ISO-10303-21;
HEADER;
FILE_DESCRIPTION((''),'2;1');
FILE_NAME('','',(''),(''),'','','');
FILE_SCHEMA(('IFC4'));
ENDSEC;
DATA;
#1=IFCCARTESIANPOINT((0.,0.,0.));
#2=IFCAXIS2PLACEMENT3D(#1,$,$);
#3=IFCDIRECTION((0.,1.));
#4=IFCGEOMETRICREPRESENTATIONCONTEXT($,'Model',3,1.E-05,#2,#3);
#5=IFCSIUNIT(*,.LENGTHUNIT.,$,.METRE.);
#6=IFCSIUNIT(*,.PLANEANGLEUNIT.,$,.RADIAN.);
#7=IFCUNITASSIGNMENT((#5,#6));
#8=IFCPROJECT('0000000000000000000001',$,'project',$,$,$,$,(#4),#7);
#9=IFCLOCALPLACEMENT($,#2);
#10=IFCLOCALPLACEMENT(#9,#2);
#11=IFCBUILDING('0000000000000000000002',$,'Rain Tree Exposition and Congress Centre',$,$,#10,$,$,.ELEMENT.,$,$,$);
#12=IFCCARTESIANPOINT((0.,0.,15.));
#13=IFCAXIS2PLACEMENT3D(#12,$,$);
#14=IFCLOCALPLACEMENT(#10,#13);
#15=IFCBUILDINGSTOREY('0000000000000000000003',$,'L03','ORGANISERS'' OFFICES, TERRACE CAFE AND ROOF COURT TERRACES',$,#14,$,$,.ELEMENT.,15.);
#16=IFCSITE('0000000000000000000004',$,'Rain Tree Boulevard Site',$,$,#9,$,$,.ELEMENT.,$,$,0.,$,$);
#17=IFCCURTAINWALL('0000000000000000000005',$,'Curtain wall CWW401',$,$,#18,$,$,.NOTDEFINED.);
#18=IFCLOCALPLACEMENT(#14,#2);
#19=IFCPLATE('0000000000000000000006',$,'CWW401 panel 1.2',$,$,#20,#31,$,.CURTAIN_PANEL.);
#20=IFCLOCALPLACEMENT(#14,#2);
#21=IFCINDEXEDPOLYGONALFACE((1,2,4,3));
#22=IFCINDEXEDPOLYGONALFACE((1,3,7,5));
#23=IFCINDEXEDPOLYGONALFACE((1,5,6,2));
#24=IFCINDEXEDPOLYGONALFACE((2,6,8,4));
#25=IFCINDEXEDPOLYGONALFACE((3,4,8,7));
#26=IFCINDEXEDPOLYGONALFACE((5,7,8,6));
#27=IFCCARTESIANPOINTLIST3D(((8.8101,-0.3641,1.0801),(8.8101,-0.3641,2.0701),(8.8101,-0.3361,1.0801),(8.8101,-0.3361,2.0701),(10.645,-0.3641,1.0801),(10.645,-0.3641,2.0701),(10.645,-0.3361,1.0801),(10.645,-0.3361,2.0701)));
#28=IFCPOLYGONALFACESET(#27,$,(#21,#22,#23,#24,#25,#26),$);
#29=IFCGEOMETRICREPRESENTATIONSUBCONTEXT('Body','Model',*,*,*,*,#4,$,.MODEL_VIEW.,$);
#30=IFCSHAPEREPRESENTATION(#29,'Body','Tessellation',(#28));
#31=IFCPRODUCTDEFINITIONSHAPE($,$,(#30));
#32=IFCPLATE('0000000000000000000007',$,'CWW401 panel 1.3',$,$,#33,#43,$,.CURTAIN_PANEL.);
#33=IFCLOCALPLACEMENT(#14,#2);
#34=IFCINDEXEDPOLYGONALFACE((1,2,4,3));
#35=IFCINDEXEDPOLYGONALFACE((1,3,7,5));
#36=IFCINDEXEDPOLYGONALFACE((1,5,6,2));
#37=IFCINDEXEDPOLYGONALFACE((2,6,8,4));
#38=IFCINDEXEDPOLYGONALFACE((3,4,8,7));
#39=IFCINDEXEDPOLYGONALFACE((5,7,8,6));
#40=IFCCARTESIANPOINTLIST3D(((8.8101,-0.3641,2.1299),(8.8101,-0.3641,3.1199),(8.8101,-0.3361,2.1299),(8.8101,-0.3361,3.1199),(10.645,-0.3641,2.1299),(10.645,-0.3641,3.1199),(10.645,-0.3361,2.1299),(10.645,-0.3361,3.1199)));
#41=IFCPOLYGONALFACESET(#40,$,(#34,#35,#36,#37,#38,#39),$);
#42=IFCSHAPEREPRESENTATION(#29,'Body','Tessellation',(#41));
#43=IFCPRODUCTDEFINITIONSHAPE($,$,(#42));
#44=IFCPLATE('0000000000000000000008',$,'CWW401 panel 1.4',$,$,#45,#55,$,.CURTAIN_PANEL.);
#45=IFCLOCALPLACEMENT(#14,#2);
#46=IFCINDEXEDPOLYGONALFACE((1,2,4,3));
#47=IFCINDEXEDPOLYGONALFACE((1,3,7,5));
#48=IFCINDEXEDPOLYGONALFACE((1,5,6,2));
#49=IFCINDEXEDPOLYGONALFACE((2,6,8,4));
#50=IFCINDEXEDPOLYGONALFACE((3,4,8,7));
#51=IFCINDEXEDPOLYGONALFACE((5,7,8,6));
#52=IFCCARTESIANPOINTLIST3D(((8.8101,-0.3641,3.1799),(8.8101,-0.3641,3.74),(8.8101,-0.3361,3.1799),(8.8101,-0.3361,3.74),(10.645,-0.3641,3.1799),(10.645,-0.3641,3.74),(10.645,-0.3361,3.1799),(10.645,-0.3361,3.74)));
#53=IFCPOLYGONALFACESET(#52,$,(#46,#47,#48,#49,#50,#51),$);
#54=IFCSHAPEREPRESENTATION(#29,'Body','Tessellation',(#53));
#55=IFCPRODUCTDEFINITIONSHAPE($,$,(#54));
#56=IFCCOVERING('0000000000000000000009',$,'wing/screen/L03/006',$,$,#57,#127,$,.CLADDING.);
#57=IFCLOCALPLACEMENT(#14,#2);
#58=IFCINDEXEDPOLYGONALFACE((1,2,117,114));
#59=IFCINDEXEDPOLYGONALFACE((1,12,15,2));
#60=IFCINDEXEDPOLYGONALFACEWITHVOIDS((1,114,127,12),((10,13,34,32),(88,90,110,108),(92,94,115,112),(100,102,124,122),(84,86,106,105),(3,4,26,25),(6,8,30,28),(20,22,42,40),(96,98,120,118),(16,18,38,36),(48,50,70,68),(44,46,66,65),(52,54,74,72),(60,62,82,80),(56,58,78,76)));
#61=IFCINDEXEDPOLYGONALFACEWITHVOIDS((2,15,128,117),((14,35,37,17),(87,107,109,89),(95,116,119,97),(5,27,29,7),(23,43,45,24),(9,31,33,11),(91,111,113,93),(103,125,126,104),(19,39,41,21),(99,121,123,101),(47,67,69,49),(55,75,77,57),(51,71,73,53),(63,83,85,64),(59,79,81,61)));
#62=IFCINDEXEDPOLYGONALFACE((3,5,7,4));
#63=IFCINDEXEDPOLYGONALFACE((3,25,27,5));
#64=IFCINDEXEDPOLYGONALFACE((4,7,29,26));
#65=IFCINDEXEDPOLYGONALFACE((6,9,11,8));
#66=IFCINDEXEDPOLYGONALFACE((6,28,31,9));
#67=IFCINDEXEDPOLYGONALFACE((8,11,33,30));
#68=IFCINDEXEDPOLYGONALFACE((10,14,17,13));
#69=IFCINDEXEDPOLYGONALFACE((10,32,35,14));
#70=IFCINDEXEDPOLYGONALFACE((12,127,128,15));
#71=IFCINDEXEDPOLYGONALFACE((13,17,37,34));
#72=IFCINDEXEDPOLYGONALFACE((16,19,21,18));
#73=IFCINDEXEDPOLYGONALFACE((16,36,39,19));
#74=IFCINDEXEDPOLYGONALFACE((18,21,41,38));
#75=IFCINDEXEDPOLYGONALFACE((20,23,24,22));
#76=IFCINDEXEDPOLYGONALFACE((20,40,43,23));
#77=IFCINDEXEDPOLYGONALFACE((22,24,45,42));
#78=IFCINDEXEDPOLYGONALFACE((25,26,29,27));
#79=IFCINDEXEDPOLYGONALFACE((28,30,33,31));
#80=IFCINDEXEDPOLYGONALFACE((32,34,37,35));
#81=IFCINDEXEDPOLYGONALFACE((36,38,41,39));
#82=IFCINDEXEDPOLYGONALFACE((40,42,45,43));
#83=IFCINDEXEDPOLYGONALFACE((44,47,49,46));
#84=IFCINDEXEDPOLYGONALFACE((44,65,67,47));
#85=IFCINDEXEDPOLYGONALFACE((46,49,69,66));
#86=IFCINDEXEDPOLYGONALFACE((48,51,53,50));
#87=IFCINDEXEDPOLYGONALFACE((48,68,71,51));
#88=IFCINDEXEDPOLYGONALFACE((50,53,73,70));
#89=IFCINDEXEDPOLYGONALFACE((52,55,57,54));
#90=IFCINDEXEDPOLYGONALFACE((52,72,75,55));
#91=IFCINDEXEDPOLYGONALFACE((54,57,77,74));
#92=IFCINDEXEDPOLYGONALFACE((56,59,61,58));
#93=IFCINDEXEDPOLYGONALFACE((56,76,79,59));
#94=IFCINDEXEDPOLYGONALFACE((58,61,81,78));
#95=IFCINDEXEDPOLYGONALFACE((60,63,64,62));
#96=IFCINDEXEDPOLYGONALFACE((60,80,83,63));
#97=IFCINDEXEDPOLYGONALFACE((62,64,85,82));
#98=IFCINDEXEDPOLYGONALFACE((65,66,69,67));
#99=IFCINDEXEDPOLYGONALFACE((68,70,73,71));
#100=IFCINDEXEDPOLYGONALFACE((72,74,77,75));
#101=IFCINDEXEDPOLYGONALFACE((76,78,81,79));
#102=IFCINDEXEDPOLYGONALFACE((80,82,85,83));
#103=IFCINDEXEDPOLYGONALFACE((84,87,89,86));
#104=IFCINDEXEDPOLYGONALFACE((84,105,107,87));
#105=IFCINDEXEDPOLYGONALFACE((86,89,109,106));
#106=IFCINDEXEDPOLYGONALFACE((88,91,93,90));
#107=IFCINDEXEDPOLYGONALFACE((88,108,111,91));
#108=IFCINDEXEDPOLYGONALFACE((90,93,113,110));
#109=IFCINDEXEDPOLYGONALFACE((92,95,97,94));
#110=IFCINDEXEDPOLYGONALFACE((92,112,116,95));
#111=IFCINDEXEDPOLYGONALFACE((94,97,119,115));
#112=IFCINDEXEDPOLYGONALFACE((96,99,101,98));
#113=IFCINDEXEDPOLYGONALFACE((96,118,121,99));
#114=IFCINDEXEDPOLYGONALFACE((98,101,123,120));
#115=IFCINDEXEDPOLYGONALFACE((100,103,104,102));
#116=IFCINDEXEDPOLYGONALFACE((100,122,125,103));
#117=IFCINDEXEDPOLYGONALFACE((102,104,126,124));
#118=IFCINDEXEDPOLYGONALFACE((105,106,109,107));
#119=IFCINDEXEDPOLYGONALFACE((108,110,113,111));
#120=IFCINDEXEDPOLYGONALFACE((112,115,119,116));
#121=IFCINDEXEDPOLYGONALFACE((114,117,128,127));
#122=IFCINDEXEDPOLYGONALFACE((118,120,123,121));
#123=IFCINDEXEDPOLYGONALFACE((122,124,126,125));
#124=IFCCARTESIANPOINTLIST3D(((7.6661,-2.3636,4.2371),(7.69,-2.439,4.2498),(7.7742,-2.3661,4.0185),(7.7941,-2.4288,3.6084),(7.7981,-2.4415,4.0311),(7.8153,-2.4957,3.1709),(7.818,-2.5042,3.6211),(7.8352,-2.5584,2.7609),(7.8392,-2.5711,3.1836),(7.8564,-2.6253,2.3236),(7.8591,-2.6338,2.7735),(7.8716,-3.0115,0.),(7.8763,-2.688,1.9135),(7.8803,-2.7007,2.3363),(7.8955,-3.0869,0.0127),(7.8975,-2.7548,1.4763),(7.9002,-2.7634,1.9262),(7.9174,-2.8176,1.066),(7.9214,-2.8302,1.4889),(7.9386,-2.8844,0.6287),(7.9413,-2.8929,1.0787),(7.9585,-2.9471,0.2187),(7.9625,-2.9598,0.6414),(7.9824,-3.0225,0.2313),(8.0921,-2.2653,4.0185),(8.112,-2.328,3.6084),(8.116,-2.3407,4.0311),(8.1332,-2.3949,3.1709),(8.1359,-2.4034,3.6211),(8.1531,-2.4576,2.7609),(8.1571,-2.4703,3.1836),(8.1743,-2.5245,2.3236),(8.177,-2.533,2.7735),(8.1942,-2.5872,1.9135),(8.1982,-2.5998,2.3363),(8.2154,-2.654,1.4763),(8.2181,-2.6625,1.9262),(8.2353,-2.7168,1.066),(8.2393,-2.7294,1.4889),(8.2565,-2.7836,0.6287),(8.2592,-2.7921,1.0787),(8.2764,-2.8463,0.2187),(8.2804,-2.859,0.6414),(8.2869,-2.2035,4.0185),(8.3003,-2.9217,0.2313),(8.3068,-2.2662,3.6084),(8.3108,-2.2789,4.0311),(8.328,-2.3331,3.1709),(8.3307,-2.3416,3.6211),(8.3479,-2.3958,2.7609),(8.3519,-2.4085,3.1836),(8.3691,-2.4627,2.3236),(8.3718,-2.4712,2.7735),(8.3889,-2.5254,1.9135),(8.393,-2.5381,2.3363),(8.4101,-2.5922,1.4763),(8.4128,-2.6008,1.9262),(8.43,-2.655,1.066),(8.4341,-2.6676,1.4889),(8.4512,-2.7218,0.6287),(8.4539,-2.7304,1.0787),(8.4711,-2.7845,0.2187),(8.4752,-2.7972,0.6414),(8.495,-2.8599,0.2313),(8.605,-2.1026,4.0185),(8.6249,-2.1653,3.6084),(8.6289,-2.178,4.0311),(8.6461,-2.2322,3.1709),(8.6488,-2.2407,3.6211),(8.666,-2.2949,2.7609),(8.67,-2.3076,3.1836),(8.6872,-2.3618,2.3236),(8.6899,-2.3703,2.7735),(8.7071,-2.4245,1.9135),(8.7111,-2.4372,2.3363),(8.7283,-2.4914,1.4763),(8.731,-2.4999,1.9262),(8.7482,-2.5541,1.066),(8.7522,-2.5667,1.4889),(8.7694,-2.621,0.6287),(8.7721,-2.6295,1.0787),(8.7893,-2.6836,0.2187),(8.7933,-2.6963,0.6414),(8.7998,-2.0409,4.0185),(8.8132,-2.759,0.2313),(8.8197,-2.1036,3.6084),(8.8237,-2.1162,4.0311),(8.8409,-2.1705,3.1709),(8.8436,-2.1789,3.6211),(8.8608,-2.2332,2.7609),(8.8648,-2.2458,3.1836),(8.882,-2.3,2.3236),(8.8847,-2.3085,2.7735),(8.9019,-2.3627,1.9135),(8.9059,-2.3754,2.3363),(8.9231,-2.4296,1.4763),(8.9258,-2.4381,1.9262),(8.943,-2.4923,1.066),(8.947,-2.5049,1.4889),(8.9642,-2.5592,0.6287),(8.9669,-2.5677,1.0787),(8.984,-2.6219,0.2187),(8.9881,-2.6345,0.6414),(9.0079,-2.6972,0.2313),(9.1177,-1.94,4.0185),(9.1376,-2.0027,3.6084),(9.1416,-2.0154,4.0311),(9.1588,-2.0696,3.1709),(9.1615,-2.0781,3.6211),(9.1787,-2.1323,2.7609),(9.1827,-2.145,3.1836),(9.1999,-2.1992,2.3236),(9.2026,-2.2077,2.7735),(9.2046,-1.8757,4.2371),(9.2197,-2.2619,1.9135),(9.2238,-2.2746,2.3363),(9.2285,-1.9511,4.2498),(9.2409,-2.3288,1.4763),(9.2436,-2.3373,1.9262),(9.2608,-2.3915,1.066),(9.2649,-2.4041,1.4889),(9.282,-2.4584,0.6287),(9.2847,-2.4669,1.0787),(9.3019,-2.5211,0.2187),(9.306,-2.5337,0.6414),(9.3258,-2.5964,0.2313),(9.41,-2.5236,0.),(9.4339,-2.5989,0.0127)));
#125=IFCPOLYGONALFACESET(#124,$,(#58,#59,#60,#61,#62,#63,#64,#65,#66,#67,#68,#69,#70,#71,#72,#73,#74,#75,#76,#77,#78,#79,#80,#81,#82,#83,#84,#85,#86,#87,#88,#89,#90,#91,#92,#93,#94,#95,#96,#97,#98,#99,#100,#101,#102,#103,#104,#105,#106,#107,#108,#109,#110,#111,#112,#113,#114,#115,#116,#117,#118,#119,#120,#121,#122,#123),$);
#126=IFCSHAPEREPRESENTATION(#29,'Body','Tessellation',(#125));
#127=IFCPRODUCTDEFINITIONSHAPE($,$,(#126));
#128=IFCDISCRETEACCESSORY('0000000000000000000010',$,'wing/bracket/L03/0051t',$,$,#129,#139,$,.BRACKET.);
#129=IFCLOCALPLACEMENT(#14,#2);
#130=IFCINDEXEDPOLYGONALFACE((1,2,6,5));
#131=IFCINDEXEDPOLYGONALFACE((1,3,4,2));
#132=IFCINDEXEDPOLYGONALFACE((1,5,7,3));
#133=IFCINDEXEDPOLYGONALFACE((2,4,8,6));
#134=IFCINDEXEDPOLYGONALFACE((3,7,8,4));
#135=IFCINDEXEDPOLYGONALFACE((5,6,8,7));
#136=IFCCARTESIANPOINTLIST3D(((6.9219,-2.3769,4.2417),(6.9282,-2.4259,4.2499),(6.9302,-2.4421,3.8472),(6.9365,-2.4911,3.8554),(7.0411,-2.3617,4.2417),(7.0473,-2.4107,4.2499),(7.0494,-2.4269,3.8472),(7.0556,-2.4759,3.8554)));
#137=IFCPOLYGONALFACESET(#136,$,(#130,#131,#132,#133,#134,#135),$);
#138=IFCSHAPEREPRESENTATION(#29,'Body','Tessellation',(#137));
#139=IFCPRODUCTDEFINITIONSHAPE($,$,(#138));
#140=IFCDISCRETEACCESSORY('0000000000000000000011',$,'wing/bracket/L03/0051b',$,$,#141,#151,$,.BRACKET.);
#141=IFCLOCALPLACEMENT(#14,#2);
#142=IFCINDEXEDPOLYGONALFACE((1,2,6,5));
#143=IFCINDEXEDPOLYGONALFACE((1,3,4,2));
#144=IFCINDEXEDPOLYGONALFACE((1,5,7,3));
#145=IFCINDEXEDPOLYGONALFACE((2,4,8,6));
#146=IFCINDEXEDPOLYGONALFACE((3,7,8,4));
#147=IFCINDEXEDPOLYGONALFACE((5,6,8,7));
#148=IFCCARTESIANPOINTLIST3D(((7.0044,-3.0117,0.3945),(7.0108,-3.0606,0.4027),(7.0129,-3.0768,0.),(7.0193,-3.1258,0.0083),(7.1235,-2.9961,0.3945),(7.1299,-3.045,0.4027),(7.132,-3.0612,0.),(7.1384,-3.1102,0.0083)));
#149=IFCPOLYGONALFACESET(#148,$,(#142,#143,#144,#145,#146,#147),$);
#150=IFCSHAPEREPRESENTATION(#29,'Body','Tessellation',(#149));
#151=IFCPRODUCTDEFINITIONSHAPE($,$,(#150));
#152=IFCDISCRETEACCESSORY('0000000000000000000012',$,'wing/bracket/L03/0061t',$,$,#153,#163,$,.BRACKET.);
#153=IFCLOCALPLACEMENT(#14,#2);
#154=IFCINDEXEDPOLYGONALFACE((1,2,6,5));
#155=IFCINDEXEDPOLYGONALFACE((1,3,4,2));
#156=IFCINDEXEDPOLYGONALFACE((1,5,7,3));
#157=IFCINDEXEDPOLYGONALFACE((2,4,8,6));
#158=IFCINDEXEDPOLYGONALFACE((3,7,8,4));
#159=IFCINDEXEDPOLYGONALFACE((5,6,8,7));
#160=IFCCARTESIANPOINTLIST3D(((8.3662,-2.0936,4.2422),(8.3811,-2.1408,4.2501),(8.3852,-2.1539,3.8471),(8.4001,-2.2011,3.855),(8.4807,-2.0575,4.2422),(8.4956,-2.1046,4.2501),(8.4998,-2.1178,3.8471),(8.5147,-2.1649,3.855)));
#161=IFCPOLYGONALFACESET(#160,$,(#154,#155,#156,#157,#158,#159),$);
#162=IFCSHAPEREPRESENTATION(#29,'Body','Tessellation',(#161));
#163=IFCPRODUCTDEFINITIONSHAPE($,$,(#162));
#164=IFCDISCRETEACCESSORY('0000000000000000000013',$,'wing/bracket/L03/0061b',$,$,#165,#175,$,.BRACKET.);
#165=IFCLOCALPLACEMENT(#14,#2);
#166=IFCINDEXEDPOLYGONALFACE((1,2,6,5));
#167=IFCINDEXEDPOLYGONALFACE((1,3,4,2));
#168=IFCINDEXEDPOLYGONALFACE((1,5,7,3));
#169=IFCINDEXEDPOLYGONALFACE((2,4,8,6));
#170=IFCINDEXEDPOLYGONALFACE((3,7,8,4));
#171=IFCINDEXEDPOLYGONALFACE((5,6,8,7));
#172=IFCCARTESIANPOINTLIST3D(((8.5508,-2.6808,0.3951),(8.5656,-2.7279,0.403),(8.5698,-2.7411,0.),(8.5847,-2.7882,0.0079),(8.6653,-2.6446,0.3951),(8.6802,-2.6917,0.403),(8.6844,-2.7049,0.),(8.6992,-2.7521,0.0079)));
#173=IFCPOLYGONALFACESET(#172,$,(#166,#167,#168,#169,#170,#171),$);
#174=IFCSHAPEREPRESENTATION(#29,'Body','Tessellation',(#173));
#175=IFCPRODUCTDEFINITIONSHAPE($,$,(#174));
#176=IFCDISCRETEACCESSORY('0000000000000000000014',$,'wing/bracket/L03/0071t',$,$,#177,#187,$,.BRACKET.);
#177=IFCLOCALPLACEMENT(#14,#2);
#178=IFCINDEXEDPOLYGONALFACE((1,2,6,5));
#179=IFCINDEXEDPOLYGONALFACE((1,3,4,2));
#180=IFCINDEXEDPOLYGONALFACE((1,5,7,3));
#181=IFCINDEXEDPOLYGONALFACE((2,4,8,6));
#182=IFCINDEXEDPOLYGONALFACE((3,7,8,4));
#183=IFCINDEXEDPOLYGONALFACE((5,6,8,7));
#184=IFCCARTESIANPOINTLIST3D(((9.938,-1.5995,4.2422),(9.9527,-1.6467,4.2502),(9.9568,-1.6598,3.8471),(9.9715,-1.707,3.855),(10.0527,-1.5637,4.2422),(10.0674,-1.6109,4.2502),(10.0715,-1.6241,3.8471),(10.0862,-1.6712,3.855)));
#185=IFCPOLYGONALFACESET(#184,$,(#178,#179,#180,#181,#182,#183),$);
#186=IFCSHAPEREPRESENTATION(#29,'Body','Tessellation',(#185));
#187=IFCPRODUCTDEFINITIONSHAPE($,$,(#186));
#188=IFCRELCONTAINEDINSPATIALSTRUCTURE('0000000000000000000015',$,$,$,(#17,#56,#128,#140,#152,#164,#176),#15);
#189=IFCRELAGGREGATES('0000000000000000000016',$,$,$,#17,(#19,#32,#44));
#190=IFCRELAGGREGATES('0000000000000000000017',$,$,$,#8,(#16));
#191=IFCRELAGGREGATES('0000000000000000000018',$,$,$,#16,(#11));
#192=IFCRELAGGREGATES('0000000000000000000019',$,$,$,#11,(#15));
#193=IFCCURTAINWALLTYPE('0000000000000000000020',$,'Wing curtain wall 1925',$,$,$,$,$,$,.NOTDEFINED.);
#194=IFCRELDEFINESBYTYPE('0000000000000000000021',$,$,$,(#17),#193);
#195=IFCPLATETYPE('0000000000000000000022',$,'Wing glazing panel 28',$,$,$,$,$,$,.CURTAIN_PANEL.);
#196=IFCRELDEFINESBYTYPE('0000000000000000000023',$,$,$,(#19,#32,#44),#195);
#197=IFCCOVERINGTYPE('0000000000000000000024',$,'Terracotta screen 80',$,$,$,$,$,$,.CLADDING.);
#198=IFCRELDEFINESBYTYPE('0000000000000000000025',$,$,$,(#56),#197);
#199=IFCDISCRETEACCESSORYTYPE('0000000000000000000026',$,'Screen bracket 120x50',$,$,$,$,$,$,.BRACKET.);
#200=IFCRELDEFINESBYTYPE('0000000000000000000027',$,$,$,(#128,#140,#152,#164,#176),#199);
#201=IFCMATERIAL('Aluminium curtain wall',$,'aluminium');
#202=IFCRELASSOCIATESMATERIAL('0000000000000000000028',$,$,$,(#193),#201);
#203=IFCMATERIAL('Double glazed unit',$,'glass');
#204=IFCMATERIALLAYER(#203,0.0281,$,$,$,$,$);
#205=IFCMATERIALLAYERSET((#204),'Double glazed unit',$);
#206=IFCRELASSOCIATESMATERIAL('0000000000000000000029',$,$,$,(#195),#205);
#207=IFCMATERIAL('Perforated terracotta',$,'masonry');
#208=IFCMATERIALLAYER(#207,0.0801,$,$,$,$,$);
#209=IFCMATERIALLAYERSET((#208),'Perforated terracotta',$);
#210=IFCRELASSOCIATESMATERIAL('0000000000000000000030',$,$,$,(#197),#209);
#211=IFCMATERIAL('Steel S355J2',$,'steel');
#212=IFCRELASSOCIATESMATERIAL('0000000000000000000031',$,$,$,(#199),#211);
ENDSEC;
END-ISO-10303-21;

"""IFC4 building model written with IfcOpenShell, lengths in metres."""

from ifc_helpers import new_model, si_unit, direction, frame, origin, origin_2d, place, context, subcontext, project, spatial, polyline, rectangle, outline, extrude, material, layer, layer_set, material_profile, profile_set, type_object, element, aggregate, save


model = new_model("IFC4")

# Units and contexts
model_context = context("Model", 3, precision=1e-05, world=origin(), true_north=direction((0.0, 1.0)))
body_context = subcontext(model_context, "Body", "Model", "MODEL_VIEW")
ifc_project = project(units=[si_unit("LENGTHUNIT", "METRE"), si_unit("PLANEANGLEUNIT", "RADIAN")], contexts=[model_context])

# Site, building, storey
site_placement = place(None, origin())
site = spatial("IfcSite", under=ifc_project, at=site_placement, Name="Rain Tree Boulevard Site", CompositionType="ELEMENT", RefElevation=0.0)
building_placement = place(site_placement, origin())
building = spatial("IfcBuilding", under=site, at=building_placement, Name="Rain Tree Exposition and Congress Centre", CompositionType="ELEMENT")
storey_placement = place(building_placement, frame((0.0, 0.0, 15.0)))
storey = spatial("IfcBuildingStorey", under=building, at=storey_placement, Name="L03", Description="ORGANISERS' OFFICES, TERRACE CAFE AND ROOF COURT TERRACES", CompositionType="ELEMENT", Elevation=15.0)

# Curtain wall, plates
ifc_material_1 = material(Name="Aluminium curtain wall", Category="aluminium")
curtain_wall_type = type_object("IfcCurtainWallType", Name="Wing curtain wall 1925", PredefinedType="NOTDEFINED", material=ifc_material_1)
curtain_wall_placement = place(storey_placement, origin())
curtain_wall = element("IfcCurtainWall", 1, at=curtain_wall_placement, inside=storey, type_object=curtain_wall_type, Name="Curtain wall CWW401", PredefinedType="NOTDEFINED")
ifc_material_2 = material(Name="Double glazed unit", Category="glass")
ifc_layer_1 = layer(ifc_material_2, 0.0281)
ifc_layer_set_1 = layer_set([ifc_layer_1], Name="Double glazed unit")
plate_type = type_object("IfcPlateType", Name="Wing glazing panel 28", PredefinedType="CURTAIN_PANEL", material=ifc_layer_set_1)
plate_1_placement = place(storey_placement, frame((9.7275, -0.3501, 1.0801), z_axis=(0.0, 0.0, 1.0), x_axis=(1.0, 0.0, 0.0)))
plate_1 = element("IfcPlate", 2, at=plate_1_placement, type_object=plate_type, Name="CWW401 panel 1.2", PredefinedType="CURTAIN_PANEL", context=body_context, shape_type="SweptSolid", body=[
    extrude(rectangle(XDim=1.835, YDim=0.0281, at=origin_2d()), origin(), (0.0, 0.0, 1.0), 0.99),
])
plate_2_placement = place(storey_placement, frame((9.7275, -0.3501, 2.1299), z_axis=(0.0, 0.0, 1.0), x_axis=(1.0, 0.0, 0.0)))
plate_2 = element("IfcPlate", 3, at=plate_2_placement, type_object=plate_type, Name="CWW401 panel 1.3", PredefinedType="CURTAIN_PANEL", context=body_context, shape_type="SweptSolid", body=[
    extrude(rectangle(XDim=1.835, YDim=0.0281, at=origin_2d()), origin(), (0.0, 0.0, 1.0), 0.99),
])
plate_3_placement = place(storey_placement, frame((9.7275, -0.3501, 3.1799), z_axis=(0.0, 0.0, 1.0), x_axis=(1.0, 0.0, 0.0)))
plate_3 = element("IfcPlate", 4, at=plate_3_placement, type_object=plate_type, Name="CWW401 panel 1.4", PredefinedType="CURTAIN_PANEL", context=body_context, shape_type="SweptSolid", body=[
    extrude(rectangle(XDim=1.835, YDim=0.0281, at=origin_2d()), origin(), (0.0, 0.0, 1.0), 0.5601),
])
aggregate(curtain_wall, [plate_1, plate_2, plate_3])

# Covering
ifc_material_3 = material(Name="Perforated terracotta", Category="masonry")
ifc_layer_2 = layer(ifc_material_3, 0.0801)
ifc_layer_set_2 = layer_set([ifc_layer_2], Name="Perforated terracotta")
covering_type = type_object("IfcCoveringType", Name="Terracotta screen 80", PredefinedType="CLADDING", material=ifc_layer_set_2)
covering_1_placement = place(storey_placement, frame((7.8745, -3.0935, 0.0127), z_axis=(-0.298496, 0.941177, -0.158386), x_axis=(-0.953209, -0.302312, 0.0)))
element("IfcCovering", 5, at=covering_1_placement, inside=storey, type_object=covering_type, Name="wing/screen/L03/006", PredefinedType="CLADDING", context=body_context, shape_type="SweptSolid", body=[
    extrude(outline(polyline([(-1.636, 0.0), (-1.636, 4.2913), (-0.022, 4.2913), (-0.022, 0.0), (-1.636, 0.0)]), holes=[polyline([(-0.1243, 0.2214), (-0.1243, 0.6367), (-0.4578, 0.6367), (-0.4578, 0.2214), (-0.1243, 0.2214)]), polyline([(-0.1243, 1.0796), (-0.1243, 1.4951), (-0.4578, 1.4951), (-0.4578, 1.0796), (-0.1243, 1.0796)]), polyline([(-0.1243, 1.938), (-0.1243, 2.3533), (-0.4578, 2.3533), (-0.4578, 1.938), (-0.1243, 1.938)]), polyline([(-0.1243, 2.7961), (-0.1243, 3.2114), (-0.4578, 3.2114), (-0.4578, 2.7961), (-0.1243, 2.7961)]), polyline([(-0.1243, 3.6545), (-0.1243, 4.0698), (-0.4578, 4.0698), (-0.4578, 3.6545), (-0.1243, 3.6545)]), polyline([(-0.6621, 0.2214), (-0.6621, 0.6367), (-0.9958, 0.6367), (-0.9958, 0.2214), (-0.6621, 0.2214)]), polyline([(-0.6621, 1.0796), (-0.6621, 1.4951), (-0.9958, 1.4951), (-0.9958, 1.0796), (-0.6621, 1.0796)]), polyline([(-0.6621, 1.938), (-0.6621, 2.3533), (-0.9958, 2.3533), (-0.9958, 1.938), (-0.6621, 1.938)]), polyline([(-0.6621, 2.7961), (-0.6621, 3.2114), (-0.9958, 3.2114), (-0.9958, 2.7961), (-0.6621, 2.7961)]), polyline([(-0.6621, 3.6545), (-0.6621, 4.0698), (-0.9958, 4.0698), (-0.9958, 3.6545), (-0.6621, 3.6545)]), polyline([(-1.2002, 0.2214), (-1.2002, 0.6367), (-1.5337, 0.6367), (-1.5337, 0.2214), (-1.2002, 0.2214)]), polyline([(-1.2002, 1.0796), (-1.2002, 1.4951), (-1.5337, 1.4951), (-1.5337, 1.0796), (-1.2002, 1.0796)]), polyline([(-1.2002, 1.938), (-1.2002, 2.3533), (-1.5337, 2.3533), (-1.5337, 1.938), (-1.2002, 1.938)]), polyline([(-1.2002, 2.7961), (-1.2002, 3.2114), (-1.5337, 3.2114), (-1.5337, 2.7961), (-1.2002, 2.7961)]), polyline([(-1.2002, 3.6545), (-1.2002, 4.0698), (-1.5337, 4.0698), (-1.5337, 3.6545), (-1.2002, 3.6545)])]), origin(), (0.0, 0.0, 1.0), 0.0801),
])

# Discrete accessories
ifc_material_4 = material(Name="Steel S355J2", Category="steel")
ifc_material_profile_1 = material_profile(ifc_material_4, rectangle(XDim=0.1201, YDim=0.05, at=origin_2d()), Name="Flat bar 120x50")
ifc_profile_set_1 = profile_set([ifc_material_profile_1], Name="Steel S355J2")
discrete_accessory_type = type_object("IfcDiscreteAccessoryType", Name="Screen bracket 120x50", PredefinedType="BRACKET", material=ifc_profile_set_1)
for number, where, z_axis, x_axis, name in (
    (6, (6.9929, -2.459, 3.8513), (-0.020754, 0.162978, 0.986411), (-0.991989, -0.126321, 0.0), "wing/bracket/L03/0051t"),
    (7, (7.0757, -3.0935, 0.0042), (-0.021364, 0.162976, 0.986399), (-0.991517, -0.129974, 0.0), "wing/bracket/L03/0051b"),
):
    element("IfcDiscreteAccessory", number, at=place(storey_placement, frame(where, z_axis=z_axis, x_axis=x_axis)), inside=storey, type_object=discrete_accessory_type, Name=name, PredefinedType="BRACKET", context=body_context, shape_type="SweptSolid", body=[
        extrude(rectangle(XDim=0.1201, YDim=0.05, at=origin_2d()), origin(), (0.0, 0.0, 1.0), 0.3999),
    ])
for number, where, z_axis, x_axis, name in (
    (8, (8.45, -2.1594, 3.8511), (-0.047602, 0.150738, 0.987427), (-0.953583, -0.301131, 0.0), "wing/bracket/L03/0061t"),
    (9, (8.6345, -2.7466, 0.0039), (-0.047602, 0.150738, 0.987427), (-0.953583, -0.301131, 0.0), "wing/bracket/L03/0061b"),
    (10, (10.0215, -1.6655, 3.8511), (-0.046993, 0.150743, 0.987456), (-0.954686, -0.297615, 0.0), "wing/bracket/L03/0071t"),
):
    element("IfcDiscreteAccessory", number, at=place(storey_placement, frame(where, z_axis=z_axis, x_axis=x_axis)), inside=storey, type_object=discrete_accessory_type, Name=name, PredefinedType="BRACKET", context=body_context, shape_type="SweptSolid", body=[
        extrude(rectangle(XDim=0.1201, YDim=0.05, at=origin_2d()), origin(), (0.0, 0.0, 1.0), 0.4001),
    ])

save(model, "model.ifc")
